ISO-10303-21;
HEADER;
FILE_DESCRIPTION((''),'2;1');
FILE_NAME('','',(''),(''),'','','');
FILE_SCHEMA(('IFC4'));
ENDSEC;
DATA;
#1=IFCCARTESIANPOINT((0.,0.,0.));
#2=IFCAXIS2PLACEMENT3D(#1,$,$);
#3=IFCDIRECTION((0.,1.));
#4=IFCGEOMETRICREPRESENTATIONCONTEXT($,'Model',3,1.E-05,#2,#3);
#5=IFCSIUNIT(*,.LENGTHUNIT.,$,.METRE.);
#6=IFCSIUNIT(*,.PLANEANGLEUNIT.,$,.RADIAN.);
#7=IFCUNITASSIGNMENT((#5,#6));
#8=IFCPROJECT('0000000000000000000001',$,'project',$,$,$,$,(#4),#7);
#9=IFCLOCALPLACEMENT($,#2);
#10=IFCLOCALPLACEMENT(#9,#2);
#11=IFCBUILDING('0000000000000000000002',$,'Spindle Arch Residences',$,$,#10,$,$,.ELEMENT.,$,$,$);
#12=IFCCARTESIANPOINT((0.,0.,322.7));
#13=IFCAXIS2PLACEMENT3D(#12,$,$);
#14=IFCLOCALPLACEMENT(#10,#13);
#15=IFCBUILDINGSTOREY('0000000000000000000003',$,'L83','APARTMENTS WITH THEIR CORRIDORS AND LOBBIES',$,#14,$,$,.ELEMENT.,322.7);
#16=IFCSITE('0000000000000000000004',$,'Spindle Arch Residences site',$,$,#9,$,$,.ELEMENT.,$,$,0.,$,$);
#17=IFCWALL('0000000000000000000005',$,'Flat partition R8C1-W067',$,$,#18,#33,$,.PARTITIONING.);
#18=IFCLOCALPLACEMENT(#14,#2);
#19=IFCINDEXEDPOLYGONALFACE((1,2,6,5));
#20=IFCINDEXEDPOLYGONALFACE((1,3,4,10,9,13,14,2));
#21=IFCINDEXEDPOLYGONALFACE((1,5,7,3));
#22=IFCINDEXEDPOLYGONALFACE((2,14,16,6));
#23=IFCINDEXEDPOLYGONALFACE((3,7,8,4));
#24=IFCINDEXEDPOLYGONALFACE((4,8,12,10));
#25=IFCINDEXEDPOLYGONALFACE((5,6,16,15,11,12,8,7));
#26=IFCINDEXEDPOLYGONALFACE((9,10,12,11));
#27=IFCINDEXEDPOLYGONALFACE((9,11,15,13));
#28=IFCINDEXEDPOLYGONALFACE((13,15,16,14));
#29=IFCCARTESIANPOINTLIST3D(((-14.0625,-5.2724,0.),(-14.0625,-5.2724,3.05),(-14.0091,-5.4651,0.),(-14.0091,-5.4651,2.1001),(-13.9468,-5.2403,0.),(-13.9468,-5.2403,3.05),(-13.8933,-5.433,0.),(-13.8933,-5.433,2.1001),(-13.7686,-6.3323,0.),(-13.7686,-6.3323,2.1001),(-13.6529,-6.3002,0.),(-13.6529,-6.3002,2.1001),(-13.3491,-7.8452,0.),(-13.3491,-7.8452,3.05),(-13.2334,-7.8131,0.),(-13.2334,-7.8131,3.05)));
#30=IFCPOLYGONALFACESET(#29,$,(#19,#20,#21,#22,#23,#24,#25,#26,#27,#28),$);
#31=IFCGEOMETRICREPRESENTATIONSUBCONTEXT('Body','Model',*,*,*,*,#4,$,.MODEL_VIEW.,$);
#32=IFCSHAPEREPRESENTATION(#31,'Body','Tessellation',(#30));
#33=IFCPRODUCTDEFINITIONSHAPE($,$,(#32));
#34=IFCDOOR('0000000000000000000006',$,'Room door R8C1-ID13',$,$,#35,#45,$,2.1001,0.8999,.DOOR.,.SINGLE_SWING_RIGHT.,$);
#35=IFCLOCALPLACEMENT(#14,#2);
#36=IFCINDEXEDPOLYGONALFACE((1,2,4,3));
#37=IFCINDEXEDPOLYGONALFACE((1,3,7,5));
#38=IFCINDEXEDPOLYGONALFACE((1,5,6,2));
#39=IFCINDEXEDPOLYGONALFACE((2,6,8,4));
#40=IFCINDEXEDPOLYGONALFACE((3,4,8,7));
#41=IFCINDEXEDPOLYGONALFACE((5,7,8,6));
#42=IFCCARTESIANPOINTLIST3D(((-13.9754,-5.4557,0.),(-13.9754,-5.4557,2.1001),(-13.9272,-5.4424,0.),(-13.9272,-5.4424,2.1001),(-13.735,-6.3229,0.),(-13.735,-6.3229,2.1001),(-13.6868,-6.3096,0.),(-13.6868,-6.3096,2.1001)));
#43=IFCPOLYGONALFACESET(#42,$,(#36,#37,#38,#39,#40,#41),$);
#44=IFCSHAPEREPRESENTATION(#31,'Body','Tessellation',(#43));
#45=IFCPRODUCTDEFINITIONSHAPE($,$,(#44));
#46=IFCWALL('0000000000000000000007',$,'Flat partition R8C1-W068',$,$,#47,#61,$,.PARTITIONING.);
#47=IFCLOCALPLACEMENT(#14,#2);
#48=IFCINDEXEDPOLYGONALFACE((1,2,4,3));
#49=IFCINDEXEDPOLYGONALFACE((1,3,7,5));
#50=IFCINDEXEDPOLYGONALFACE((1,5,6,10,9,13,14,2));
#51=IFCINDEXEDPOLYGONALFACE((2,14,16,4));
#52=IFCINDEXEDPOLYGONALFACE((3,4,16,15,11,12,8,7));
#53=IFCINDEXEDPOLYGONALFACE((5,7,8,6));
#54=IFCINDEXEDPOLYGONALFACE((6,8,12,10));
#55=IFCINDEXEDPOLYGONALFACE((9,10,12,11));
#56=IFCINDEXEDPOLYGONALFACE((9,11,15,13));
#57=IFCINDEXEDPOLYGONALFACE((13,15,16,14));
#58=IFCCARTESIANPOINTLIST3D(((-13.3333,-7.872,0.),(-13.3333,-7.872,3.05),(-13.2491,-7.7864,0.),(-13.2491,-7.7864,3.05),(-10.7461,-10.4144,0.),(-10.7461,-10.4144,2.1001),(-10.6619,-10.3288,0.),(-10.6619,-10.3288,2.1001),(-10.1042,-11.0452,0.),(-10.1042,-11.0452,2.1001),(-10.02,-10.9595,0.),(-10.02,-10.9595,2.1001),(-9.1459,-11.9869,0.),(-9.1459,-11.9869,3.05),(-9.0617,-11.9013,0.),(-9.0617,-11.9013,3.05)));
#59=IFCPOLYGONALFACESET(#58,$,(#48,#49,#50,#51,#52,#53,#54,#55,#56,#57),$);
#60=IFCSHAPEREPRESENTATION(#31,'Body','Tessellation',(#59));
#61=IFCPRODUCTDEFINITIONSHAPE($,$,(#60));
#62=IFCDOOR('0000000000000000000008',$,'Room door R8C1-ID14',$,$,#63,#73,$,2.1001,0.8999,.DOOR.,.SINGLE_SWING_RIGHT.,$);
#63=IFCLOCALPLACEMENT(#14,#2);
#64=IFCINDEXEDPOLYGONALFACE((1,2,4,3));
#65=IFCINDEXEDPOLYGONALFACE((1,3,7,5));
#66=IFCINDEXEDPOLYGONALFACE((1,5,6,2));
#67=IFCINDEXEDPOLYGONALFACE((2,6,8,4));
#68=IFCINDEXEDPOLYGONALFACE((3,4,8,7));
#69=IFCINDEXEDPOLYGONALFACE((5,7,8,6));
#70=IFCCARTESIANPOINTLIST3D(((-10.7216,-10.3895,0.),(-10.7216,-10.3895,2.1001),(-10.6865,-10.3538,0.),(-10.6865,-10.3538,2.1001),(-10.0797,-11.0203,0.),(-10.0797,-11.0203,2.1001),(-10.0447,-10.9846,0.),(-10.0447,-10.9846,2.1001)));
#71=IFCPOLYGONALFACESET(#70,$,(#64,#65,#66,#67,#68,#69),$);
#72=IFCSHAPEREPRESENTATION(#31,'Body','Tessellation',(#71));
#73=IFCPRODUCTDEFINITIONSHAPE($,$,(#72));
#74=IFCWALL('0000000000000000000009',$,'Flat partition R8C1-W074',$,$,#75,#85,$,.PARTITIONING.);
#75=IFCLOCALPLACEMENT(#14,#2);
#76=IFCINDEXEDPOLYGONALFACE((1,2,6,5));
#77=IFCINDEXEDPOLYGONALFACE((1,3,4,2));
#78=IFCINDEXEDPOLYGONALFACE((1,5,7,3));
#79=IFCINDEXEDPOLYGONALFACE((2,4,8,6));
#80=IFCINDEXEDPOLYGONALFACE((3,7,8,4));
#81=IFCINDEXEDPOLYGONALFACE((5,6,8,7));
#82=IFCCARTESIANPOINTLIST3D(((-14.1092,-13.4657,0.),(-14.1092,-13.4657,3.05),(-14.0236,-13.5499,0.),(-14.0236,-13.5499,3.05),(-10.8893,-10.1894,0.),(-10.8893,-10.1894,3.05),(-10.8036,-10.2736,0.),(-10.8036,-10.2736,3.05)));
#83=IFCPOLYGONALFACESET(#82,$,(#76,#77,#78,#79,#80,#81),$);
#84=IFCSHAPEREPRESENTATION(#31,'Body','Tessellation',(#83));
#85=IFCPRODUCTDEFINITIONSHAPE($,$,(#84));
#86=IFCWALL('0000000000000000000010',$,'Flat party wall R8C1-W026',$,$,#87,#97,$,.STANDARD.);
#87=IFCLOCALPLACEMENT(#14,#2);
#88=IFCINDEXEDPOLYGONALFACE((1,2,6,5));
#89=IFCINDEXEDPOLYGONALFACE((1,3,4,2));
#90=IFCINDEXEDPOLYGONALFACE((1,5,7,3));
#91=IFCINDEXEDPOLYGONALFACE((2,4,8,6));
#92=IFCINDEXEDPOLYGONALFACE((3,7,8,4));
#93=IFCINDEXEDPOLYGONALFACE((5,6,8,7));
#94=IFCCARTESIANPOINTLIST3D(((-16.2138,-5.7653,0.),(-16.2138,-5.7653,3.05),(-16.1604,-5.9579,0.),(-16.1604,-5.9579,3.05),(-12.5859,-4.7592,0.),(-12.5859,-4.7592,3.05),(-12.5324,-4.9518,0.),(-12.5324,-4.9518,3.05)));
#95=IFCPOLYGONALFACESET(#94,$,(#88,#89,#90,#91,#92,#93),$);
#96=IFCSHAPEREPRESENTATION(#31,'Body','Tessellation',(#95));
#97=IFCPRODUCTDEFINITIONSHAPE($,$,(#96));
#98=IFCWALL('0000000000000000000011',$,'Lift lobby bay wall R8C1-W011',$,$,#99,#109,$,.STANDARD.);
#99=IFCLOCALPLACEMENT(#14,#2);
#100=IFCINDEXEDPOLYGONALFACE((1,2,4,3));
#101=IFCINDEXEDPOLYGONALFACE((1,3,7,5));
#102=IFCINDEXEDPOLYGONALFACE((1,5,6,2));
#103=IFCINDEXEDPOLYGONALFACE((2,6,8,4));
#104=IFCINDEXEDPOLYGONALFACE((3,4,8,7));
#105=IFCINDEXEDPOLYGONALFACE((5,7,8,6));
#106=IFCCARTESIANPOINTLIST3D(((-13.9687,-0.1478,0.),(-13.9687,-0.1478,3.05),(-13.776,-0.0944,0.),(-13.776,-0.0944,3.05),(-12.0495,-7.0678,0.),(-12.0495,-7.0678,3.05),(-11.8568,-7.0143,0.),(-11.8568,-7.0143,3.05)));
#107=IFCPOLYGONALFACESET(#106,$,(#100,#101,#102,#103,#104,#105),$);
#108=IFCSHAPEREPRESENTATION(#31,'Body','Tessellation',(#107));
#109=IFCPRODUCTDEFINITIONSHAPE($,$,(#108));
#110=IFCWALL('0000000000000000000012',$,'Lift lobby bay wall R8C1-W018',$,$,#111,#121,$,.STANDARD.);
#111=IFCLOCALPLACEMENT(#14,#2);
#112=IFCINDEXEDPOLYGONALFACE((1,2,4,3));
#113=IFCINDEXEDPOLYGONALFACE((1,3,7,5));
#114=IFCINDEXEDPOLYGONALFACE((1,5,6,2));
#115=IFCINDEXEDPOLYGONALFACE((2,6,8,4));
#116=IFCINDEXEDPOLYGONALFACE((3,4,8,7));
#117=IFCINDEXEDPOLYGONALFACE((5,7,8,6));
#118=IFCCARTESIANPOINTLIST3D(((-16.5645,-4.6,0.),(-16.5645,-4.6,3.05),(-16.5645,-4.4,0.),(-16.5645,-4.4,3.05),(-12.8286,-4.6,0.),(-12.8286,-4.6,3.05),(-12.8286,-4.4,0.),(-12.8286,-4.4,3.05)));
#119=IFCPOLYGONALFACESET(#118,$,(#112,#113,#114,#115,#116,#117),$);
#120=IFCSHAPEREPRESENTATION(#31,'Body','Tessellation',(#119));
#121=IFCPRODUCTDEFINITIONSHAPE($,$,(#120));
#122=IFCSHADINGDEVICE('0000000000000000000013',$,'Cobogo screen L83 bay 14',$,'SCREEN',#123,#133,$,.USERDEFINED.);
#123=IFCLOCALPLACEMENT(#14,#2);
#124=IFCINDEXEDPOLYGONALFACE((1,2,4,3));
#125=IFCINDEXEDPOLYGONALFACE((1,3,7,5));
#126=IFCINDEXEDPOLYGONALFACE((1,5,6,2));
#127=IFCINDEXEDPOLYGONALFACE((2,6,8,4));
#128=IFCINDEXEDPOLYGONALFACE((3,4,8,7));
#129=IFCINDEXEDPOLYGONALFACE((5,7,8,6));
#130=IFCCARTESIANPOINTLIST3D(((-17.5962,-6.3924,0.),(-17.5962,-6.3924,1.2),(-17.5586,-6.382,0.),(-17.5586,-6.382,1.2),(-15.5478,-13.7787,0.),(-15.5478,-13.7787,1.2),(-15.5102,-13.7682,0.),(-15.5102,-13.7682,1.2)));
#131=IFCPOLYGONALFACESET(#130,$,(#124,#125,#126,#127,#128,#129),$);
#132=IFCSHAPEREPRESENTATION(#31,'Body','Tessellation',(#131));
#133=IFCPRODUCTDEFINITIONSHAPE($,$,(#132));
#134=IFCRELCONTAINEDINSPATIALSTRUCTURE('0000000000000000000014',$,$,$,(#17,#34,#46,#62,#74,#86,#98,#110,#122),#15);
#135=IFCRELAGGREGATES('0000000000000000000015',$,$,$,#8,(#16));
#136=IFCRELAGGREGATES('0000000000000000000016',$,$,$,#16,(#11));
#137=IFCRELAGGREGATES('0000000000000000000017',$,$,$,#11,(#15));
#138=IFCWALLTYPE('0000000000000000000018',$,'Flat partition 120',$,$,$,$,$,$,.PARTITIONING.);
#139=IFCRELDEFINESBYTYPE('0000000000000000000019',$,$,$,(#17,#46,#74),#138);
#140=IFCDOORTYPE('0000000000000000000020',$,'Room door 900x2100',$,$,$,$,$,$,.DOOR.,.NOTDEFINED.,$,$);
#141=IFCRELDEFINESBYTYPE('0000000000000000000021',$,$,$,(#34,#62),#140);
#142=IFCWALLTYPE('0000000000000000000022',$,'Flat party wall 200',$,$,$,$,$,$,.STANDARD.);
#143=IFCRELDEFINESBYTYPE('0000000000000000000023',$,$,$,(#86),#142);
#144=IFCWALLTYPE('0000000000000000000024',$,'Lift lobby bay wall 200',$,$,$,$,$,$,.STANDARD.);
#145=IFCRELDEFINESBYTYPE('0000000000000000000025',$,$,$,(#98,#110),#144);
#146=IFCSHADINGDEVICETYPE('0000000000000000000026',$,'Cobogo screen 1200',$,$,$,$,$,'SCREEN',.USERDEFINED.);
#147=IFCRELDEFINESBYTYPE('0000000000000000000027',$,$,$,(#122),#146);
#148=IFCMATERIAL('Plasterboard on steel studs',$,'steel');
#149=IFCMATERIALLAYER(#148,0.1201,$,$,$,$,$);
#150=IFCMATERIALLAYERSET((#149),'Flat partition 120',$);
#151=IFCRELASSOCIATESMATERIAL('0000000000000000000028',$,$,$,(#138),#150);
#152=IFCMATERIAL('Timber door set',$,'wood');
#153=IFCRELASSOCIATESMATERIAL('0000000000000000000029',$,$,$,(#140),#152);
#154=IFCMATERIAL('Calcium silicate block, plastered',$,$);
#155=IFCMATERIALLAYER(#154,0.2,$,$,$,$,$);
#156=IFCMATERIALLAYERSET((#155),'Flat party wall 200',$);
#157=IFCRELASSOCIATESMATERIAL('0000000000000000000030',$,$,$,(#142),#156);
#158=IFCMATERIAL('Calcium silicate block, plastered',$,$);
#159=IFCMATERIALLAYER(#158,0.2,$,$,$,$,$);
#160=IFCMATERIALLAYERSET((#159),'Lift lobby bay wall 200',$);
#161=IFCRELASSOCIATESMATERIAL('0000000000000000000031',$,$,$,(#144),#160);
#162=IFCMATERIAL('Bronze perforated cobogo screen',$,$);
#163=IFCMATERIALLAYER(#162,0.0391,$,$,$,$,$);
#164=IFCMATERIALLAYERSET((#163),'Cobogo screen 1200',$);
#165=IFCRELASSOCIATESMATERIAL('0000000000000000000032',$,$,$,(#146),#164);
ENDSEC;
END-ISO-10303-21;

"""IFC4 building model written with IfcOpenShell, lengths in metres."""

from ifc_helpers import new_model, si_unit, direction, frame, frame_2d, origin, origin_2d, place, context, subcontext, project, spatial, rectangle, extrude, material, layer, layer_set, type_object, element, fill, save


model = new_model("IFC4")

# Units and contexts
model_context = context("Model", 3, precision=1e-05, world=origin(), true_north=direction((0.0, 1.0)))
body_context = subcontext(model_context, "Body", "Model", "MODEL_VIEW")
ifc_project = project(units=[si_unit("LENGTHUNIT", "METRE"), si_unit("PLANEANGLEUNIT", "RADIAN")], contexts=[model_context])

# Site, building, storey
site_placement = place(None, origin())
site = spatial("IfcSite", under=ifc_project, at=site_placement, Name="Spindle Arch Residences site", CompositionType="ELEMENT", RefElevation=0.0)
building_placement = place(site_placement, origin())
building = spatial("IfcBuilding", under=site, at=building_placement, Name="Spindle Arch Residences", CompositionType="ELEMENT")
storey_placement = place(building_placement, frame((0.0, 0.0, 322.7)))
storey = spatial("IfcBuildingStorey", under=building, at=storey_placement, Name="L83", Description="APARTMENTS WITH THEIR CORRIDORS AND LOBBIES", CompositionType="ELEMENT", Elevation=322.7)

# Walls, openings, doors
ifc_material_1 = material(Name="Plasterboard on steel studs", Category="steel")
ifc_layer_1 = layer(ifc_material_1, 0.1201)
ifc_layer_set_1 = layer_set([ifc_layer_1], Name="Flat partition 120")
wall_type_1 = type_object("IfcWallType", Name="Flat partition 120", PredefinedType="PARTITIONING", material=ifc_layer_set_1)
wall_1_placement = place(storey_placement, frame((-14.0046, -5.2563, 0.0), z_axis=(0.0, 0.0, 1.0), x_axis=(0.267201, -0.963641, 0.0)))
wall_1 = element("IfcWall", 1, at=wall_1_placement, inside=storey, type_object=wall_type_1, Name="Flat partition R8C1-W067", PredefinedType="PARTITIONING", context=body_context, shape_type="SweptSolid", body=[
    extrude(rectangle(XDim=2.6699, YDim=0.1201, at=frame_2d((1.335, 0.0))), origin(), (0.0, 0.0, 1.0), 3.05),
])
opening_1_placement = place(wall_1_placement, frame((0.2, 0.0, 0.0)))
opening_1 = element("IfcOpeningElement", 2, at=opening_1_placement, cuts=wall_1, PredefinedType="OPENING", context=body_context, shape_type="SweptSolid", body=[
    extrude(rectangle(XDim=0.8999, YDim=2.1001, at=frame_2d((0.45, 1.05))), frame((0.0, 0.0701, 0.0), z_axis=(0.0, -1.0, 0.0), x_axis=(1.0, 0.0, 0.0)), (0.0, 0.0, 1.0), 0.1401),
])
ifc_material_2 = material(Name="Timber door set", Category="wood")
door_type_1 = type_object("IfcDoorType", Name="Room door 900x2100", OperationType="NOTDEFINED", PredefinedType="DOOR", material=ifc_material_2)
door_1_placement = place(opening_1_placement, origin())
door_1 = element("IfcDoor", 3, at=door_1_placement, inside=storey, type_object=door_type_1, Name="Room door R8C1-ID13", OperationType="SINGLE_SWING_RIGHT", OverallHeight=2.1001, OverallWidth=0.8999, PredefinedType="DOOR", context=body_context, shape_type="SweptSolid", body=[
    extrude(rectangle(XDim=0.8999, YDim=2.1001, at=frame_2d((0.45, 1.05))), frame((0.0, 0.0249, 0.0), z_axis=(0.0, -1.0, 0.0), x_axis=(1.0, 0.0, 0.0)), (0.0, 0.0, 1.0), 0.05),
])
fill(opening_1, door_1)
wall_2_placement = place(storey_placement, frame((-13.2913, -7.8291, 0.0), z_axis=(0.0, 0.0, 1.0), x_axis=(0.713255, -0.700905, 0.0)))
wall_2 = element("IfcWall", 4, at=wall_2_placement, inside=storey, type_object=wall_type_1, Name="Flat partition R8C1-W068", PredefinedType="PARTITIONING", context=body_context, shape_type="SweptSolid", body=[
    extrude(rectangle(XDim=5.8708, YDim=0.1201, at=frame_2d((2.9355, 0.0))), origin(), (0.0, 0.0, 1.0), 3.05),
])
opening_2_placement = place(wall_2_placement, frame((3.6274, 0.0, 0.0)))
opening_2 = element("IfcOpeningElement", 5, at=opening_2_placement, cuts=wall_2, PredefinedType="OPENING", context=body_context, shape_type="SweptSolid", body=[
    extrude(rectangle(XDim=0.8999, YDim=2.1001, at=frame_2d((0.45, 1.05))), frame((0.0, 0.0701, 0.0), z_axis=(0.0, -1.0, 0.0), x_axis=(1.0, 0.0, 0.0)), (0.0, 0.0, 1.0), 0.1401),
])
door_2_placement = place(opening_2_placement, origin())
door_2 = element("IfcDoor", 6, at=door_2_placement, inside=storey, type_object=door_type_1, Name="Room door R8C1-ID14", OperationType="SINGLE_SWING_RIGHT", OverallHeight=2.1001, OverallWidth=0.8999, PredefinedType="DOOR", context=body_context, shape_type="SweptSolid", body=[
    extrude(rectangle(XDim=0.8999, YDim=2.1001, at=frame_2d((0.45, 1.05))), frame((0.0, 0.0249, 0.0), z_axis=(0.0, -1.0, 0.0), x_axis=(1.0, 0.0, 0.0)), (0.0, 0.0, 1.0), 0.05),
])
fill(opening_2, door_2)

# Walls
wall_3_placement = place(storey_placement, frame((-14.0664, -13.5078, 0.0), z_axis=(0.0, 0.0, 1.0), x_axis=(0.700942, 0.713218, 0.0)))
element("IfcWall", 7, at=wall_3_placement, inside=storey, type_object=wall_type_1, Name="Flat partition R8C1-W074", PredefinedType="PARTITIONING", context=body_context, shape_type="SweptSolid", body=[
    extrude(rectangle(XDim=4.5938, YDim=0.1201, at=frame_2d((2.2969, 0.0))), origin(), (0.0, 0.0, 1.0), 3.05),
])
ifc_material_3 = material(Name="Calcium silicate block, plastered")
ifc_layer_2 = layer(ifc_material_3, 0.2)
ifc_layer_set_2 = layer_set([ifc_layer_2], Name="Flat party wall 200")
wall_type_2 = type_object("IfcWallType", Name="Flat party wall 200", PredefinedType="STANDARD", material=ifc_layer_set_2)
wall_4_placement = place(storey_placement, frame((-16.187, -5.8616, 0.0), z_axis=(0.0, 0.0, 1.0), x_axis=(0.963631, 0.267236, 0.0)))
element("IfcWall", 8, at=wall_4_placement, inside=storey, type_object=wall_type_2, Name="Flat party wall R8C1-W026", PredefinedType="STANDARD", context=body_context, shape_type="SweptSolid", body=[
    extrude(rectangle(XDim=3.7649, YDim=0.2, at=frame_2d((1.8823, 0.0))), origin(), (0.0, 0.0, 1.0), 3.05),
])

# Walls
ifc_material_4 = material(Name="Calcium silicate block, plastered")
ifc_layer_3 = layer(ifc_material_4, 0.2)
ifc_layer_set_3 = layer_set([ifc_layer_3], Name="Lift lobby bay wall 200")
wall_type_3 = type_object("IfcWallType", Name="Lift lobby bay wall 200", PredefinedType="STANDARD", material=ifc_layer_set_3)
wall_5_placement = place(storey_placement, frame((-13.8723, -0.1211, 0.0), z_axis=(0.0, 0.0, 1.0), x_axis=(0.267255, -0.963626, 0.0)))
element("IfcWall", 9, at=wall_5_placement, inside=storey, type_object=wall_type_3, Name="Lift lobby bay wall R8C1-W011", PredefinedType="STANDARD", context=body_context, shape_type="SweptSolid", body=[
    extrude(rectangle(XDim=7.1812, YDim=0.2, at=frame_2d((3.5906, 0.0))), origin(), (0.0, 0.0, 1.0), 3.05),
])
wall_6_placement = place(storey_placement, frame((-16.5645, -4.5, 0.0), z_axis=(0.0, 0.0, 1.0), x_axis=(1.0, 0.0, 0.0)))
element("IfcWall", 10, at=wall_6_placement, inside=storey, type_object=wall_type_3, Name="Lift lobby bay wall R8C1-W018", PredefinedType="STANDARD", context=body_context, shape_type="SweptSolid", body=[
    extrude(rectangle(XDim=3.7358, YDim=0.2, at=frame_2d((1.8679, 0.0))), origin(), (0.0, 0.0, 1.0), 3.05),
])

# Shading device
ifc_material_5 = material(Name="Bronze perforated cobogo screen")
ifc_layer_4 = layer(ifc_material_5, 0.0391)
ifc_layer_set_4 = layer_set([ifc_layer_4], Name="Cobogo screen 1200")
shading_device_type = type_object("IfcShadingDeviceType", Name="Cobogo screen 1200", ElementType="SCREEN", PredefinedType="USERDEFINED", material=ifc_layer_set_4)
shading_device_placement = place(storey_placement, frame((-16.5532, -10.0803, 0.0), z_axis=(0.0, 0.0, 1.0), x_axis=(0.267238, -0.96363, 0.0)))
element("IfcShadingDevice", 11, at=shading_device_placement, inside=storey, type_object=shading_device_type, Name="Cobogo screen L83 bay 14", ObjectType="SCREEN", PredefinedType="USERDEFINED", context=body_context, shape_type="SweptSolid", body=[
    extrude(rectangle(XDim=7.665, YDim=0.0391, at=origin_2d()), origin(), (0.0, 0.0, 1.0), 1.2),
])

save(model, "model.ifc")
